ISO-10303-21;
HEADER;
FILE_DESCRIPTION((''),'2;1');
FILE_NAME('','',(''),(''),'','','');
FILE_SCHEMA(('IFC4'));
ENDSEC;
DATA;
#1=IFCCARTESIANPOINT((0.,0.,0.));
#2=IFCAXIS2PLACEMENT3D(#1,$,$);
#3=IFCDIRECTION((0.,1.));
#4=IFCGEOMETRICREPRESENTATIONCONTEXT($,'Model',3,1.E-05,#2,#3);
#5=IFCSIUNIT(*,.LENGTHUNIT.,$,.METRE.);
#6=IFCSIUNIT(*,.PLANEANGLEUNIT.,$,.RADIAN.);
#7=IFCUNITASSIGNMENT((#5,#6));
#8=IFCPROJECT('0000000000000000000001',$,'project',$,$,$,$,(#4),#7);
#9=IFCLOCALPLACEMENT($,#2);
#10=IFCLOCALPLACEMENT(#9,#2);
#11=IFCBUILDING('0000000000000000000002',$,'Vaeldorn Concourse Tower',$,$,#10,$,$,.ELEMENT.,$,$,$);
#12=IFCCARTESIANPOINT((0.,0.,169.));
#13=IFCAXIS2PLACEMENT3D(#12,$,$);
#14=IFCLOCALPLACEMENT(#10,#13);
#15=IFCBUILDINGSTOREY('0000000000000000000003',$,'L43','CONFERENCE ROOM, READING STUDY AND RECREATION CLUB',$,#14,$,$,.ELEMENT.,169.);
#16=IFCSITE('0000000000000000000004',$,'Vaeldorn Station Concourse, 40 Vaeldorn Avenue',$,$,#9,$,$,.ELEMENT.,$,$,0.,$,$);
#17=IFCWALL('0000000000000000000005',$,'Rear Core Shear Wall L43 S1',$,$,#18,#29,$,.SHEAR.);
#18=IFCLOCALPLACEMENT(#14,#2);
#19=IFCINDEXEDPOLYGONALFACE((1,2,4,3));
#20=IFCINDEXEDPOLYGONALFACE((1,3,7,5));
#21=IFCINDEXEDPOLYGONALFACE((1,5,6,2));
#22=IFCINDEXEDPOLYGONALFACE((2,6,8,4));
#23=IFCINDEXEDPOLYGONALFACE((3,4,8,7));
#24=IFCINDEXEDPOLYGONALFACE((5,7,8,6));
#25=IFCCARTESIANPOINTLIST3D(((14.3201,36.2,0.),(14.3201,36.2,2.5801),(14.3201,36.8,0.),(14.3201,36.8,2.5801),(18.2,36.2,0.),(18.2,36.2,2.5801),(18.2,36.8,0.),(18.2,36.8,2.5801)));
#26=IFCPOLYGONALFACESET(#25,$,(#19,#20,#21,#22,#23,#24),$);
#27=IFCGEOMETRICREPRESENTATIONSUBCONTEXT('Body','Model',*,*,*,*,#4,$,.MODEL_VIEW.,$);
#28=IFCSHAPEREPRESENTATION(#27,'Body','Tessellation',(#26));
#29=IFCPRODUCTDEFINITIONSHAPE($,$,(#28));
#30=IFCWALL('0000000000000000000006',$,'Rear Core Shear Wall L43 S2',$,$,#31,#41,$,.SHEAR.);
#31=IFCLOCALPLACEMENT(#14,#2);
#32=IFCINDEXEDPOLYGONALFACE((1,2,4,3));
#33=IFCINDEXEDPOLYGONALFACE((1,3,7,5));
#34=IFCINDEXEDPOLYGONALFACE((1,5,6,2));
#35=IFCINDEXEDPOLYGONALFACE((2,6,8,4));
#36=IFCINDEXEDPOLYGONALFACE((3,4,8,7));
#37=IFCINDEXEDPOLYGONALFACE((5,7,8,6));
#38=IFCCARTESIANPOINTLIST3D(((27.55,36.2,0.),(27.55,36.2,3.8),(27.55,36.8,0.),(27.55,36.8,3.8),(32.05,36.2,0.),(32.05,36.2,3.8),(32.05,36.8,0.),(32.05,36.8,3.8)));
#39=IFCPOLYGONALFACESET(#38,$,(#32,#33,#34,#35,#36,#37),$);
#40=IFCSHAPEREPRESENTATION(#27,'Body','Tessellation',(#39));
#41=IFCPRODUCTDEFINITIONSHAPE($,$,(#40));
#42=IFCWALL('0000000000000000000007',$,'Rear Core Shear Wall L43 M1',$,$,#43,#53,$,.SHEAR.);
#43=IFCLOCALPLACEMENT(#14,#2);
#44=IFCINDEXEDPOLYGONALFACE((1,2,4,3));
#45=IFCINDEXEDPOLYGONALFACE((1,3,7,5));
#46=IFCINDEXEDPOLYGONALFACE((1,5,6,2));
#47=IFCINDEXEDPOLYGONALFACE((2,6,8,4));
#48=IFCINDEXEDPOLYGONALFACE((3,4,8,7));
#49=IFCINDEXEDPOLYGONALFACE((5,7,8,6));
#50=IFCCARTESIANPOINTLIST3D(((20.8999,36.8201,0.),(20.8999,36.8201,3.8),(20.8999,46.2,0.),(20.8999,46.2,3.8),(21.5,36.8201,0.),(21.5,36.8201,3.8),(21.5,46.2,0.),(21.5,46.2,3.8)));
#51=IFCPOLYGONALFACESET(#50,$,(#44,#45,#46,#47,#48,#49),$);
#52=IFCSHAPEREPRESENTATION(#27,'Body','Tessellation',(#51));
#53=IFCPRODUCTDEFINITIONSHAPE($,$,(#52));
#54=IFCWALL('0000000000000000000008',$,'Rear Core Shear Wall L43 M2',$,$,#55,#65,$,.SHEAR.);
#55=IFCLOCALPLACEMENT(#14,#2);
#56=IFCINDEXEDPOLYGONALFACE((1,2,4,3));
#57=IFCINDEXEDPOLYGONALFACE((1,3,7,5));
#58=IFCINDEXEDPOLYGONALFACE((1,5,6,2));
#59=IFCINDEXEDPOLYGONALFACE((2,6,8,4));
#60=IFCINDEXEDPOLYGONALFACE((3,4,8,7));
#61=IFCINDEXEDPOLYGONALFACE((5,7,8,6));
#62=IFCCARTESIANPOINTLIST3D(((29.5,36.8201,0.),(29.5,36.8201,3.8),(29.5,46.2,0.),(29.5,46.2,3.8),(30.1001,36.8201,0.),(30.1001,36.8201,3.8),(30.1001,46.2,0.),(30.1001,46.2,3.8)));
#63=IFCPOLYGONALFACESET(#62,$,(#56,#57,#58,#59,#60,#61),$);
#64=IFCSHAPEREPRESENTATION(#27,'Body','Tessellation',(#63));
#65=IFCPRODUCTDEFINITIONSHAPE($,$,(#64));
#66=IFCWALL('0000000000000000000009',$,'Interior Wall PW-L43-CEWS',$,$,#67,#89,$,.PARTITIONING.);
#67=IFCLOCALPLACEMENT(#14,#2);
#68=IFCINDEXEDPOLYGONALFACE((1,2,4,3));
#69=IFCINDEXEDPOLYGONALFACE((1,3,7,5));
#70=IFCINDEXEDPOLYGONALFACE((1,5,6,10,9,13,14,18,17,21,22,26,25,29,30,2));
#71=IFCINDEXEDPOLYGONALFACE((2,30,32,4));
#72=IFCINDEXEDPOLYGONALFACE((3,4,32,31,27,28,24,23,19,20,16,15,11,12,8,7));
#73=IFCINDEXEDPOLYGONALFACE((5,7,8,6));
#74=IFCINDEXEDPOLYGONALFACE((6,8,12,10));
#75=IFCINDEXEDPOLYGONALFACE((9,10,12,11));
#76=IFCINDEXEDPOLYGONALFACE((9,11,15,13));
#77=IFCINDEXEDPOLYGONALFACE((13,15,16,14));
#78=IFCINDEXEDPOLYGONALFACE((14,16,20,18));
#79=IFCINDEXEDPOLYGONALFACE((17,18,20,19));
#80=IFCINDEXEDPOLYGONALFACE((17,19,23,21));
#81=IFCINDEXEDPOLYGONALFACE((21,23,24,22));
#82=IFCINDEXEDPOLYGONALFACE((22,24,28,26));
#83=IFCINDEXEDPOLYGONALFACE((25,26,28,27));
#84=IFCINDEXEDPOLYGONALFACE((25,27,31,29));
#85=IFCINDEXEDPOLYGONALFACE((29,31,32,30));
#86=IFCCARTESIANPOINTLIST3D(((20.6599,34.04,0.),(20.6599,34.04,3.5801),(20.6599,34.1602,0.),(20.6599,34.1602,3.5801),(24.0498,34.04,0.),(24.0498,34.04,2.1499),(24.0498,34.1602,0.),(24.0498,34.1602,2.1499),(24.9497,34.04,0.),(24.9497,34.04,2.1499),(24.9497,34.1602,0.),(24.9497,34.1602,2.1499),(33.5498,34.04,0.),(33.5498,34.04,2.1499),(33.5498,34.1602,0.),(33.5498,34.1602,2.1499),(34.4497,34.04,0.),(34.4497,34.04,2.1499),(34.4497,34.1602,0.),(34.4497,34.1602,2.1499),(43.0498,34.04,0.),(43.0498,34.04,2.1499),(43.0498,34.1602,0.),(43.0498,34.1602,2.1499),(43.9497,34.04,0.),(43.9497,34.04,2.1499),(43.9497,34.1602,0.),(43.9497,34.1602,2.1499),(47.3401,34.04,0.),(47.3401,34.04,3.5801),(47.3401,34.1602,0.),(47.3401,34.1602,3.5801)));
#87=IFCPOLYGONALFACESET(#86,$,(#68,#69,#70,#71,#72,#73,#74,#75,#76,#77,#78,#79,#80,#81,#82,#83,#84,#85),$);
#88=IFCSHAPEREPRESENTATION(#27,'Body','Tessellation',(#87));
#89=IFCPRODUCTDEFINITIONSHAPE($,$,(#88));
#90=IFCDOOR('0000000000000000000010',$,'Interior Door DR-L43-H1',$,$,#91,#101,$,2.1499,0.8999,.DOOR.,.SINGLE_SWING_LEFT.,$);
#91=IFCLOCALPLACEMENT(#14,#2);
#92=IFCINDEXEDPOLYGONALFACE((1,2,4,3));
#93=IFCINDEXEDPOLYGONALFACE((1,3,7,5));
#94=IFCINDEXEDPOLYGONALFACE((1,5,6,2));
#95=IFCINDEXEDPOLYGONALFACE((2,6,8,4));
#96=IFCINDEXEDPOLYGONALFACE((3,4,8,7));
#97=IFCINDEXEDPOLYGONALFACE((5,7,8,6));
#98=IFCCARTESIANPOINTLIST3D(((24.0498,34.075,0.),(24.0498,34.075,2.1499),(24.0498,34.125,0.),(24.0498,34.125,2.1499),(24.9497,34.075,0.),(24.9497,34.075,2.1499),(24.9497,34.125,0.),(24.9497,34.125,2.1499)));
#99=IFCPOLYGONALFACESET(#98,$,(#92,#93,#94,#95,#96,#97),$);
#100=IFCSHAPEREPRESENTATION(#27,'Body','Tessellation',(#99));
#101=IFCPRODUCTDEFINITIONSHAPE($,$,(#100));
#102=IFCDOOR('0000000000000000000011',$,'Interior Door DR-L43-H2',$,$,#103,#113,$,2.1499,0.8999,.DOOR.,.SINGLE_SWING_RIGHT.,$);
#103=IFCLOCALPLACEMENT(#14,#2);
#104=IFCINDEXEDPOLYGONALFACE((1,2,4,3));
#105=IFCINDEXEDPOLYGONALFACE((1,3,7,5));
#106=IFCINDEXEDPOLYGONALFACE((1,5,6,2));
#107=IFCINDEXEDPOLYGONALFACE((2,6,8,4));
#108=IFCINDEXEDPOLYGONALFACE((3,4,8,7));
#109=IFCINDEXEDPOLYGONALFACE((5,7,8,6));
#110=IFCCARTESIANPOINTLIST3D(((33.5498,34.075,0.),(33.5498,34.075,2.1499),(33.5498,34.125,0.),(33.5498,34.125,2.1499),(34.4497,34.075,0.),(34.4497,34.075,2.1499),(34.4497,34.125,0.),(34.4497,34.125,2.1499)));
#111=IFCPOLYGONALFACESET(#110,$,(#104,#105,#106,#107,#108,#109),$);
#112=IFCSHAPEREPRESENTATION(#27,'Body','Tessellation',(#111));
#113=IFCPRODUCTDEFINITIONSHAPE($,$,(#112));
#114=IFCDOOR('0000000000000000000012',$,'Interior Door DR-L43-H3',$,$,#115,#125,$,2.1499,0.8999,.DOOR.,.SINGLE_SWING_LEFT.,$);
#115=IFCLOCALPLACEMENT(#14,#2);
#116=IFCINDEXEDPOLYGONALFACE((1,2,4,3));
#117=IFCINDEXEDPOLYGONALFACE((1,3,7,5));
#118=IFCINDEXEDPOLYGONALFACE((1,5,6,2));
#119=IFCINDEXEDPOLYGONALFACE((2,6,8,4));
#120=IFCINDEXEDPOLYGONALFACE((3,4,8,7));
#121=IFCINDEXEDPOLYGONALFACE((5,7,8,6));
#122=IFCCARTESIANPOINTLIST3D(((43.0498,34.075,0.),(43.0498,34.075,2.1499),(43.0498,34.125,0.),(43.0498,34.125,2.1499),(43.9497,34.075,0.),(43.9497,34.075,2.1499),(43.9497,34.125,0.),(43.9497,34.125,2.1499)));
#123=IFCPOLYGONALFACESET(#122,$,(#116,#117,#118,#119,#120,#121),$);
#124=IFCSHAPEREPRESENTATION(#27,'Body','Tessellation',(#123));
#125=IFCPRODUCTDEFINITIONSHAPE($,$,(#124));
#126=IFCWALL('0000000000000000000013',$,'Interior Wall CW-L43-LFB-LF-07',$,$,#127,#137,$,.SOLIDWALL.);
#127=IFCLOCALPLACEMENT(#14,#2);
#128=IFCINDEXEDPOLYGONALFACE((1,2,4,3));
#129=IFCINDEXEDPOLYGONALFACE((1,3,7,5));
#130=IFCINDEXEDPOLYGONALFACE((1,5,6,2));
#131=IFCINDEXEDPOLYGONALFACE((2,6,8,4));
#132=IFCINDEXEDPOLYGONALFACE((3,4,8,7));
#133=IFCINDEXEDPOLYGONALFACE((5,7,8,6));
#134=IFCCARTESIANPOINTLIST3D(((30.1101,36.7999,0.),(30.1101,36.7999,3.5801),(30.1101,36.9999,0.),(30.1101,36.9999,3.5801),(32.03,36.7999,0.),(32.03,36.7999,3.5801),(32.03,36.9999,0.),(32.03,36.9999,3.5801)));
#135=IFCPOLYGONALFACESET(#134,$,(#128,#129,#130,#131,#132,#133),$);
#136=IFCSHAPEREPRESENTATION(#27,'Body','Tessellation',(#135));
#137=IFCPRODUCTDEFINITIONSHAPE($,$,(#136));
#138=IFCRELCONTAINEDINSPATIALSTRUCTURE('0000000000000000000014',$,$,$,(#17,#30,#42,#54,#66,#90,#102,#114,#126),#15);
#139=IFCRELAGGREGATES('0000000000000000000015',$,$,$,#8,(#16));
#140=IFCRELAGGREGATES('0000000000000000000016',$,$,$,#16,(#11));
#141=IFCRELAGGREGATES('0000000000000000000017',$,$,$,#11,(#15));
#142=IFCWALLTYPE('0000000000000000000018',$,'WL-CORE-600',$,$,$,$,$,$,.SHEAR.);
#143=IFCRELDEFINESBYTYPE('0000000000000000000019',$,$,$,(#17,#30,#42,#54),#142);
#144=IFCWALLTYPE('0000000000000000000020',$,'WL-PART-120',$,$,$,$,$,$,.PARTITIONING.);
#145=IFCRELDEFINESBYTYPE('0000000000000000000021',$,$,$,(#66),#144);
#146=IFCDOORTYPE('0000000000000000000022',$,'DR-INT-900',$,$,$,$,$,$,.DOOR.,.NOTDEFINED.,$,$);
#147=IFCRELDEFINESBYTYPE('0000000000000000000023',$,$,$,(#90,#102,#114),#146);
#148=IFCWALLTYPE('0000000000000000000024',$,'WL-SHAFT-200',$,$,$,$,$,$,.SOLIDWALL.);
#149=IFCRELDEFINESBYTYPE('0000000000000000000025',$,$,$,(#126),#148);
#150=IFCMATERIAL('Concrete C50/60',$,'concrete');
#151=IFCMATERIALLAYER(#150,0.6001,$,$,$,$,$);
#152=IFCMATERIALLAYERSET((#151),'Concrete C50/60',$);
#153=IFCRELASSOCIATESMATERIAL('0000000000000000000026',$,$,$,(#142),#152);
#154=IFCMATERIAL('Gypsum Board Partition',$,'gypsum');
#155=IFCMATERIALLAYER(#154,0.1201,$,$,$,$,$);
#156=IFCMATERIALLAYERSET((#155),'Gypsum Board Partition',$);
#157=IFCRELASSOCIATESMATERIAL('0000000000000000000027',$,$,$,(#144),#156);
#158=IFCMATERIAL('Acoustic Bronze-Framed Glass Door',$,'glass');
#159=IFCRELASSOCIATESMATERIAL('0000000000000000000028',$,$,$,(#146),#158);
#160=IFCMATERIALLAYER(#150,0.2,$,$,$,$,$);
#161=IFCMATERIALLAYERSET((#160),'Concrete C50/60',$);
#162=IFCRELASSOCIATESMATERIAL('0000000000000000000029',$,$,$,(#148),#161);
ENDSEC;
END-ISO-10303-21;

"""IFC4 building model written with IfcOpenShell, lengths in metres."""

from ifc_helpers import new_model, si_unit, direction, frame, frame_2d, origin, place, context, subcontext, project, spatial, rectangle, extrude, source, transform, mapped, material, layer, layer_set, type_object, element, fill, save


model = new_model("IFC4")

# Units and contexts
model_context = context("Model", 3, precision=1e-05, world=origin(), true_north=direction((0.0, 1.0)))
body_context = subcontext(model_context, "Body", "Model", "MODEL_VIEW")
ifc_project = project(units=[si_unit("LENGTHUNIT", "METRE"), si_unit("PLANEANGLEUNIT", "RADIAN")], contexts=[model_context])

# Site, building, storey
site_placement = place(None, origin())
site = spatial("IfcSite", under=ifc_project, at=site_placement, Name="Vaeldorn Station Concourse, 40 Vaeldorn Avenue", CompositionType="ELEMENT", RefElevation=0.0)
building_placement = place(site_placement, origin())
building = spatial("IfcBuilding", under=site, at=building_placement, Name="Vaeldorn Concourse Tower", CompositionType="ELEMENT")
storey_placement = place(building_placement, frame((0.0, 0.0, 169.0)))
storey = spatial("IfcBuildingStorey", under=building, at=storey_placement, Name="L43", Description="CONFERENCE ROOM, READING STUDY AND RECREATION CLUB", CompositionType="ELEMENT", Elevation=169.0)

# Walls
ifc_material_1 = material(Name="Concrete C50/60", Category="concrete")
ifc_layer_1 = layer(ifc_material_1, 0.6001)
ifc_layer_set_1 = layer_set([ifc_layer_1], Name="Concrete C50/60")
wall_type_1 = type_object("IfcWallType", Name="WL-CORE-600", PredefinedType="SHEAR", material=ifc_layer_set_1)
wall_1_placement = place(storey_placement, frame((14.3201, 36.5, 0.0), z_axis=(0.0, 0.0, 1.0), x_axis=(1.0, 0.0, 0.0)))
element("IfcWall", 1, at=wall_1_placement, inside=storey, type_object=wall_type_1, Name="Rear Core Shear Wall L43 S1", PredefinedType="SHEAR", context=body_context, shape_type="SweptSolid", body=[
    extrude(rectangle(XDim=3.8799, YDim=0.6001, at=frame_2d((1.9399, 0.0))), origin(), (0.0, 0.0, 1.0), 2.5801),
])
wall_2_placement = place(storey_placement, frame((27.55, 36.5, 0.0), z_axis=(0.0, 0.0, 1.0), x_axis=(1.0, 0.0, 0.0)))
element("IfcWall", 2, at=wall_2_placement, inside=storey, type_object=wall_type_1, Name="Rear Core Shear Wall L43 S2", PredefinedType="SHEAR", context=body_context, shape_type="SweptSolid", body=[
    extrude(rectangle(XDim=4.5, YDim=0.6001, at=frame_2d((2.25, 0.0))), origin(), (0.0, 0.0, 1.0), 3.8),
])
for number, where, z_axis, x_axis, name in (
    (3, (21.2, 36.8201, 0.0), (0.0, 0.0, 1.0), (0.0, 1.0, 0.0), "Rear Core Shear Wall L43 M1"),
    (4, (29.8, 36.8201, 0.0), (0.0, 0.0, 1.0), (0.0, 1.0, 0.0), "Rear Core Shear Wall L43 M2"),
):
    element("IfcWall", number, at=place(storey_placement, frame(where, z_axis=z_axis, x_axis=x_axis)), inside=storey, type_object=wall_type_1, Name=name, PredefinedType="SHEAR", context=body_context, shape_type="SweptSolid", body=[
        extrude(rectangle(XDim=9.3799, YDim=0.6001, at=frame_2d((4.6899, 0.0))), origin(), (0.0, 0.0, 1.0), 3.8),
    ])

# Wall, openings, doors
ifc_material_2 = material(Name="Gypsum Board Partition", Category="gypsum")
ifc_layer_2 = layer(ifc_material_2, 0.1201)
ifc_layer_set_2 = layer_set([ifc_layer_2], Name="Gypsum Board Partition")
wall_type_2 = type_object("IfcWallType", Name="WL-PART-120", PredefinedType="PARTITIONING", material=ifc_layer_set_2)
wall_3_placement = place(storey_placement, frame((20.6599, 34.1001, 0.0), z_axis=(0.0, 0.0, 1.0), x_axis=(1.0, 0.0, 0.0)))
wall_3 = element("IfcWall", 5, at=wall_3_placement, inside=storey, type_object=wall_type_2, Name="Interior Wall PW-L43-CEWS", PredefinedType="PARTITIONING", context=body_context, shape_type="SweptSolid", body=[
    extrude(rectangle(XDim=26.6802, YDim=0.1201, at=frame_2d((13.3401, 0.0))), origin(), (0.0, 0.0, 1.0), 3.5801),
])
opening_1_placement = place(wall_3_placement, frame((3.3899, 0.0, 0.0)))
opening_1 = element("IfcOpeningElement", 6, at=opening_1_placement, cuts=wall_3, PredefinedType="OPENING", context=body_context, shape_type="SweptSolid", body=[
    extrude(rectangle(XDim=0.8999, YDim=2.1499, at=frame_2d((0.45, 1.075))), frame((0.0, 0.0701, 0.0), z_axis=(0.0, -1.0, 0.0), x_axis=(1.0, 0.0, 0.0)), (0.0, 0.0, 1.0), 0.1401),
])
opening_2_placement = place(wall_3_placement, frame((12.8899, 0.0, 0.0)))
opening_2 = element("IfcOpeningElement", 7, at=opening_2_placement, cuts=wall_3, PredefinedType="OPENING", context=body_context, shape_type="SweptSolid", body=[
    extrude(rectangle(XDim=0.8999, YDim=2.1499, at=frame_2d((0.45, 1.075))), frame((0.0, 0.0701, 0.0), z_axis=(0.0, -1.0, 0.0), x_axis=(1.0, 0.0, 0.0)), (0.0, 0.0, 1.0), 0.1401),
])
opening_3_placement = place(wall_3_placement, frame((22.3899, 0.0, 0.0)))
opening_3 = element("IfcOpeningElement", 8, at=opening_3_placement, cuts=wall_3, PredefinedType="OPENING", context=body_context, shape_type="SweptSolid", body=[
    extrude(rectangle(XDim=0.8999, YDim=2.1499, at=frame_2d((0.45, 1.075))), frame((0.0, 0.0701, 0.0), z_axis=(0.0, -1.0, 0.0), x_axis=(1.0, 0.0, 0.0)), (0.0, 0.0, 1.0), 0.1401),
])
ifc_material_3 = material(Name="Acoustic Bronze-Framed Glass Door", Category="glass")
door_type_1 = type_object("IfcDoorType", Name="DR-INT-900", OperationType="NOTDEFINED", PredefinedType="DOOR", material=ifc_material_3)
shared_shape_1 = source(origin(), body_context, "Body", "SweptSolid", [
    extrude(rectangle(XDim=0.8999, YDim=2.1499, at=frame_2d((0.45, 1.075))), frame((0.0, 0.0249, 0.0), z_axis=(0.0, -1.0, 0.0), x_axis=(1.0, 0.0, 0.0)), (0.0, 0.0, 1.0), 0.05),
])
door_1_placement = place(opening_1_placement, origin())
door_1 = element("IfcDoor", 9, at=door_1_placement, inside=storey, type_object=door_type_1, Name="Interior Door DR-L43-H1", OperationType="SINGLE_SWING_LEFT", OverallHeight=2.1499, OverallWidth=0.8999, PredefinedType="DOOR", context=body_context, shape_type="MappedRepresentation", body=[
    mapped(shared_shape_1, transform((0.0, 0.0, 0.0), scale=1.0)),
])
fill(opening_1, door_1)
door_2_placement = place(opening_2_placement, origin())
door_2 = element("IfcDoor", 10, at=door_2_placement, inside=storey, type_object=door_type_1, Name="Interior Door DR-L43-H2", OperationType="SINGLE_SWING_RIGHT", OverallHeight=2.1499, OverallWidth=0.8999, PredefinedType="DOOR", context=body_context, shape_type="MappedRepresentation", body=[
    mapped(shared_shape_1, transform((0.0, 0.0, 0.0), scale=1.0)),
])
fill(opening_2, door_2)
door_3_placement = place(opening_3_placement, origin())
door_3 = element("IfcDoor", 11, at=door_3_placement, inside=storey, type_object=door_type_1, Name="Interior Door DR-L43-H3", OperationType="SINGLE_SWING_LEFT", OverallHeight=2.1499, OverallWidth=0.8999, PredefinedType="DOOR", context=body_context, shape_type="MappedRepresentation", body=[
    mapped(shared_shape_1, transform((0.0, 0.0, 0.0), scale=1.0)),
])
fill(opening_3, door_3)

# Shared definitions
ifc_layer_3 = layer(ifc_material_1, 0.2)
ifc_layer_set_3 = layer_set([ifc_layer_3], Name="Concrete C50/60")
wall_type_3 = type_object("IfcWallType", Name="WL-SHAFT-200", PredefinedType="SOLIDWALL", material=ifc_layer_set_3)

# Wall
wall_4_placement = place(storey_placement, frame((30.1101, 36.8999, 0.0), z_axis=(0.0, 0.0, 1.0), x_axis=(1.0, 0.0, 0.0)))
element("IfcWall", 12, at=wall_4_placement, inside=storey, type_object=wall_type_3, Name="Interior Wall CW-L43-LFB-LF-07", PredefinedType="SOLIDWALL", context=body_context, shape_type="SweptSolid", body=[
    extrude(rectangle(XDim=1.9199, YDim=0.2, at=frame_2d((0.96, 0.0))), origin(), (0.0, 0.0, 1.0), 3.5801),
])

save(model, "model.ifc")
